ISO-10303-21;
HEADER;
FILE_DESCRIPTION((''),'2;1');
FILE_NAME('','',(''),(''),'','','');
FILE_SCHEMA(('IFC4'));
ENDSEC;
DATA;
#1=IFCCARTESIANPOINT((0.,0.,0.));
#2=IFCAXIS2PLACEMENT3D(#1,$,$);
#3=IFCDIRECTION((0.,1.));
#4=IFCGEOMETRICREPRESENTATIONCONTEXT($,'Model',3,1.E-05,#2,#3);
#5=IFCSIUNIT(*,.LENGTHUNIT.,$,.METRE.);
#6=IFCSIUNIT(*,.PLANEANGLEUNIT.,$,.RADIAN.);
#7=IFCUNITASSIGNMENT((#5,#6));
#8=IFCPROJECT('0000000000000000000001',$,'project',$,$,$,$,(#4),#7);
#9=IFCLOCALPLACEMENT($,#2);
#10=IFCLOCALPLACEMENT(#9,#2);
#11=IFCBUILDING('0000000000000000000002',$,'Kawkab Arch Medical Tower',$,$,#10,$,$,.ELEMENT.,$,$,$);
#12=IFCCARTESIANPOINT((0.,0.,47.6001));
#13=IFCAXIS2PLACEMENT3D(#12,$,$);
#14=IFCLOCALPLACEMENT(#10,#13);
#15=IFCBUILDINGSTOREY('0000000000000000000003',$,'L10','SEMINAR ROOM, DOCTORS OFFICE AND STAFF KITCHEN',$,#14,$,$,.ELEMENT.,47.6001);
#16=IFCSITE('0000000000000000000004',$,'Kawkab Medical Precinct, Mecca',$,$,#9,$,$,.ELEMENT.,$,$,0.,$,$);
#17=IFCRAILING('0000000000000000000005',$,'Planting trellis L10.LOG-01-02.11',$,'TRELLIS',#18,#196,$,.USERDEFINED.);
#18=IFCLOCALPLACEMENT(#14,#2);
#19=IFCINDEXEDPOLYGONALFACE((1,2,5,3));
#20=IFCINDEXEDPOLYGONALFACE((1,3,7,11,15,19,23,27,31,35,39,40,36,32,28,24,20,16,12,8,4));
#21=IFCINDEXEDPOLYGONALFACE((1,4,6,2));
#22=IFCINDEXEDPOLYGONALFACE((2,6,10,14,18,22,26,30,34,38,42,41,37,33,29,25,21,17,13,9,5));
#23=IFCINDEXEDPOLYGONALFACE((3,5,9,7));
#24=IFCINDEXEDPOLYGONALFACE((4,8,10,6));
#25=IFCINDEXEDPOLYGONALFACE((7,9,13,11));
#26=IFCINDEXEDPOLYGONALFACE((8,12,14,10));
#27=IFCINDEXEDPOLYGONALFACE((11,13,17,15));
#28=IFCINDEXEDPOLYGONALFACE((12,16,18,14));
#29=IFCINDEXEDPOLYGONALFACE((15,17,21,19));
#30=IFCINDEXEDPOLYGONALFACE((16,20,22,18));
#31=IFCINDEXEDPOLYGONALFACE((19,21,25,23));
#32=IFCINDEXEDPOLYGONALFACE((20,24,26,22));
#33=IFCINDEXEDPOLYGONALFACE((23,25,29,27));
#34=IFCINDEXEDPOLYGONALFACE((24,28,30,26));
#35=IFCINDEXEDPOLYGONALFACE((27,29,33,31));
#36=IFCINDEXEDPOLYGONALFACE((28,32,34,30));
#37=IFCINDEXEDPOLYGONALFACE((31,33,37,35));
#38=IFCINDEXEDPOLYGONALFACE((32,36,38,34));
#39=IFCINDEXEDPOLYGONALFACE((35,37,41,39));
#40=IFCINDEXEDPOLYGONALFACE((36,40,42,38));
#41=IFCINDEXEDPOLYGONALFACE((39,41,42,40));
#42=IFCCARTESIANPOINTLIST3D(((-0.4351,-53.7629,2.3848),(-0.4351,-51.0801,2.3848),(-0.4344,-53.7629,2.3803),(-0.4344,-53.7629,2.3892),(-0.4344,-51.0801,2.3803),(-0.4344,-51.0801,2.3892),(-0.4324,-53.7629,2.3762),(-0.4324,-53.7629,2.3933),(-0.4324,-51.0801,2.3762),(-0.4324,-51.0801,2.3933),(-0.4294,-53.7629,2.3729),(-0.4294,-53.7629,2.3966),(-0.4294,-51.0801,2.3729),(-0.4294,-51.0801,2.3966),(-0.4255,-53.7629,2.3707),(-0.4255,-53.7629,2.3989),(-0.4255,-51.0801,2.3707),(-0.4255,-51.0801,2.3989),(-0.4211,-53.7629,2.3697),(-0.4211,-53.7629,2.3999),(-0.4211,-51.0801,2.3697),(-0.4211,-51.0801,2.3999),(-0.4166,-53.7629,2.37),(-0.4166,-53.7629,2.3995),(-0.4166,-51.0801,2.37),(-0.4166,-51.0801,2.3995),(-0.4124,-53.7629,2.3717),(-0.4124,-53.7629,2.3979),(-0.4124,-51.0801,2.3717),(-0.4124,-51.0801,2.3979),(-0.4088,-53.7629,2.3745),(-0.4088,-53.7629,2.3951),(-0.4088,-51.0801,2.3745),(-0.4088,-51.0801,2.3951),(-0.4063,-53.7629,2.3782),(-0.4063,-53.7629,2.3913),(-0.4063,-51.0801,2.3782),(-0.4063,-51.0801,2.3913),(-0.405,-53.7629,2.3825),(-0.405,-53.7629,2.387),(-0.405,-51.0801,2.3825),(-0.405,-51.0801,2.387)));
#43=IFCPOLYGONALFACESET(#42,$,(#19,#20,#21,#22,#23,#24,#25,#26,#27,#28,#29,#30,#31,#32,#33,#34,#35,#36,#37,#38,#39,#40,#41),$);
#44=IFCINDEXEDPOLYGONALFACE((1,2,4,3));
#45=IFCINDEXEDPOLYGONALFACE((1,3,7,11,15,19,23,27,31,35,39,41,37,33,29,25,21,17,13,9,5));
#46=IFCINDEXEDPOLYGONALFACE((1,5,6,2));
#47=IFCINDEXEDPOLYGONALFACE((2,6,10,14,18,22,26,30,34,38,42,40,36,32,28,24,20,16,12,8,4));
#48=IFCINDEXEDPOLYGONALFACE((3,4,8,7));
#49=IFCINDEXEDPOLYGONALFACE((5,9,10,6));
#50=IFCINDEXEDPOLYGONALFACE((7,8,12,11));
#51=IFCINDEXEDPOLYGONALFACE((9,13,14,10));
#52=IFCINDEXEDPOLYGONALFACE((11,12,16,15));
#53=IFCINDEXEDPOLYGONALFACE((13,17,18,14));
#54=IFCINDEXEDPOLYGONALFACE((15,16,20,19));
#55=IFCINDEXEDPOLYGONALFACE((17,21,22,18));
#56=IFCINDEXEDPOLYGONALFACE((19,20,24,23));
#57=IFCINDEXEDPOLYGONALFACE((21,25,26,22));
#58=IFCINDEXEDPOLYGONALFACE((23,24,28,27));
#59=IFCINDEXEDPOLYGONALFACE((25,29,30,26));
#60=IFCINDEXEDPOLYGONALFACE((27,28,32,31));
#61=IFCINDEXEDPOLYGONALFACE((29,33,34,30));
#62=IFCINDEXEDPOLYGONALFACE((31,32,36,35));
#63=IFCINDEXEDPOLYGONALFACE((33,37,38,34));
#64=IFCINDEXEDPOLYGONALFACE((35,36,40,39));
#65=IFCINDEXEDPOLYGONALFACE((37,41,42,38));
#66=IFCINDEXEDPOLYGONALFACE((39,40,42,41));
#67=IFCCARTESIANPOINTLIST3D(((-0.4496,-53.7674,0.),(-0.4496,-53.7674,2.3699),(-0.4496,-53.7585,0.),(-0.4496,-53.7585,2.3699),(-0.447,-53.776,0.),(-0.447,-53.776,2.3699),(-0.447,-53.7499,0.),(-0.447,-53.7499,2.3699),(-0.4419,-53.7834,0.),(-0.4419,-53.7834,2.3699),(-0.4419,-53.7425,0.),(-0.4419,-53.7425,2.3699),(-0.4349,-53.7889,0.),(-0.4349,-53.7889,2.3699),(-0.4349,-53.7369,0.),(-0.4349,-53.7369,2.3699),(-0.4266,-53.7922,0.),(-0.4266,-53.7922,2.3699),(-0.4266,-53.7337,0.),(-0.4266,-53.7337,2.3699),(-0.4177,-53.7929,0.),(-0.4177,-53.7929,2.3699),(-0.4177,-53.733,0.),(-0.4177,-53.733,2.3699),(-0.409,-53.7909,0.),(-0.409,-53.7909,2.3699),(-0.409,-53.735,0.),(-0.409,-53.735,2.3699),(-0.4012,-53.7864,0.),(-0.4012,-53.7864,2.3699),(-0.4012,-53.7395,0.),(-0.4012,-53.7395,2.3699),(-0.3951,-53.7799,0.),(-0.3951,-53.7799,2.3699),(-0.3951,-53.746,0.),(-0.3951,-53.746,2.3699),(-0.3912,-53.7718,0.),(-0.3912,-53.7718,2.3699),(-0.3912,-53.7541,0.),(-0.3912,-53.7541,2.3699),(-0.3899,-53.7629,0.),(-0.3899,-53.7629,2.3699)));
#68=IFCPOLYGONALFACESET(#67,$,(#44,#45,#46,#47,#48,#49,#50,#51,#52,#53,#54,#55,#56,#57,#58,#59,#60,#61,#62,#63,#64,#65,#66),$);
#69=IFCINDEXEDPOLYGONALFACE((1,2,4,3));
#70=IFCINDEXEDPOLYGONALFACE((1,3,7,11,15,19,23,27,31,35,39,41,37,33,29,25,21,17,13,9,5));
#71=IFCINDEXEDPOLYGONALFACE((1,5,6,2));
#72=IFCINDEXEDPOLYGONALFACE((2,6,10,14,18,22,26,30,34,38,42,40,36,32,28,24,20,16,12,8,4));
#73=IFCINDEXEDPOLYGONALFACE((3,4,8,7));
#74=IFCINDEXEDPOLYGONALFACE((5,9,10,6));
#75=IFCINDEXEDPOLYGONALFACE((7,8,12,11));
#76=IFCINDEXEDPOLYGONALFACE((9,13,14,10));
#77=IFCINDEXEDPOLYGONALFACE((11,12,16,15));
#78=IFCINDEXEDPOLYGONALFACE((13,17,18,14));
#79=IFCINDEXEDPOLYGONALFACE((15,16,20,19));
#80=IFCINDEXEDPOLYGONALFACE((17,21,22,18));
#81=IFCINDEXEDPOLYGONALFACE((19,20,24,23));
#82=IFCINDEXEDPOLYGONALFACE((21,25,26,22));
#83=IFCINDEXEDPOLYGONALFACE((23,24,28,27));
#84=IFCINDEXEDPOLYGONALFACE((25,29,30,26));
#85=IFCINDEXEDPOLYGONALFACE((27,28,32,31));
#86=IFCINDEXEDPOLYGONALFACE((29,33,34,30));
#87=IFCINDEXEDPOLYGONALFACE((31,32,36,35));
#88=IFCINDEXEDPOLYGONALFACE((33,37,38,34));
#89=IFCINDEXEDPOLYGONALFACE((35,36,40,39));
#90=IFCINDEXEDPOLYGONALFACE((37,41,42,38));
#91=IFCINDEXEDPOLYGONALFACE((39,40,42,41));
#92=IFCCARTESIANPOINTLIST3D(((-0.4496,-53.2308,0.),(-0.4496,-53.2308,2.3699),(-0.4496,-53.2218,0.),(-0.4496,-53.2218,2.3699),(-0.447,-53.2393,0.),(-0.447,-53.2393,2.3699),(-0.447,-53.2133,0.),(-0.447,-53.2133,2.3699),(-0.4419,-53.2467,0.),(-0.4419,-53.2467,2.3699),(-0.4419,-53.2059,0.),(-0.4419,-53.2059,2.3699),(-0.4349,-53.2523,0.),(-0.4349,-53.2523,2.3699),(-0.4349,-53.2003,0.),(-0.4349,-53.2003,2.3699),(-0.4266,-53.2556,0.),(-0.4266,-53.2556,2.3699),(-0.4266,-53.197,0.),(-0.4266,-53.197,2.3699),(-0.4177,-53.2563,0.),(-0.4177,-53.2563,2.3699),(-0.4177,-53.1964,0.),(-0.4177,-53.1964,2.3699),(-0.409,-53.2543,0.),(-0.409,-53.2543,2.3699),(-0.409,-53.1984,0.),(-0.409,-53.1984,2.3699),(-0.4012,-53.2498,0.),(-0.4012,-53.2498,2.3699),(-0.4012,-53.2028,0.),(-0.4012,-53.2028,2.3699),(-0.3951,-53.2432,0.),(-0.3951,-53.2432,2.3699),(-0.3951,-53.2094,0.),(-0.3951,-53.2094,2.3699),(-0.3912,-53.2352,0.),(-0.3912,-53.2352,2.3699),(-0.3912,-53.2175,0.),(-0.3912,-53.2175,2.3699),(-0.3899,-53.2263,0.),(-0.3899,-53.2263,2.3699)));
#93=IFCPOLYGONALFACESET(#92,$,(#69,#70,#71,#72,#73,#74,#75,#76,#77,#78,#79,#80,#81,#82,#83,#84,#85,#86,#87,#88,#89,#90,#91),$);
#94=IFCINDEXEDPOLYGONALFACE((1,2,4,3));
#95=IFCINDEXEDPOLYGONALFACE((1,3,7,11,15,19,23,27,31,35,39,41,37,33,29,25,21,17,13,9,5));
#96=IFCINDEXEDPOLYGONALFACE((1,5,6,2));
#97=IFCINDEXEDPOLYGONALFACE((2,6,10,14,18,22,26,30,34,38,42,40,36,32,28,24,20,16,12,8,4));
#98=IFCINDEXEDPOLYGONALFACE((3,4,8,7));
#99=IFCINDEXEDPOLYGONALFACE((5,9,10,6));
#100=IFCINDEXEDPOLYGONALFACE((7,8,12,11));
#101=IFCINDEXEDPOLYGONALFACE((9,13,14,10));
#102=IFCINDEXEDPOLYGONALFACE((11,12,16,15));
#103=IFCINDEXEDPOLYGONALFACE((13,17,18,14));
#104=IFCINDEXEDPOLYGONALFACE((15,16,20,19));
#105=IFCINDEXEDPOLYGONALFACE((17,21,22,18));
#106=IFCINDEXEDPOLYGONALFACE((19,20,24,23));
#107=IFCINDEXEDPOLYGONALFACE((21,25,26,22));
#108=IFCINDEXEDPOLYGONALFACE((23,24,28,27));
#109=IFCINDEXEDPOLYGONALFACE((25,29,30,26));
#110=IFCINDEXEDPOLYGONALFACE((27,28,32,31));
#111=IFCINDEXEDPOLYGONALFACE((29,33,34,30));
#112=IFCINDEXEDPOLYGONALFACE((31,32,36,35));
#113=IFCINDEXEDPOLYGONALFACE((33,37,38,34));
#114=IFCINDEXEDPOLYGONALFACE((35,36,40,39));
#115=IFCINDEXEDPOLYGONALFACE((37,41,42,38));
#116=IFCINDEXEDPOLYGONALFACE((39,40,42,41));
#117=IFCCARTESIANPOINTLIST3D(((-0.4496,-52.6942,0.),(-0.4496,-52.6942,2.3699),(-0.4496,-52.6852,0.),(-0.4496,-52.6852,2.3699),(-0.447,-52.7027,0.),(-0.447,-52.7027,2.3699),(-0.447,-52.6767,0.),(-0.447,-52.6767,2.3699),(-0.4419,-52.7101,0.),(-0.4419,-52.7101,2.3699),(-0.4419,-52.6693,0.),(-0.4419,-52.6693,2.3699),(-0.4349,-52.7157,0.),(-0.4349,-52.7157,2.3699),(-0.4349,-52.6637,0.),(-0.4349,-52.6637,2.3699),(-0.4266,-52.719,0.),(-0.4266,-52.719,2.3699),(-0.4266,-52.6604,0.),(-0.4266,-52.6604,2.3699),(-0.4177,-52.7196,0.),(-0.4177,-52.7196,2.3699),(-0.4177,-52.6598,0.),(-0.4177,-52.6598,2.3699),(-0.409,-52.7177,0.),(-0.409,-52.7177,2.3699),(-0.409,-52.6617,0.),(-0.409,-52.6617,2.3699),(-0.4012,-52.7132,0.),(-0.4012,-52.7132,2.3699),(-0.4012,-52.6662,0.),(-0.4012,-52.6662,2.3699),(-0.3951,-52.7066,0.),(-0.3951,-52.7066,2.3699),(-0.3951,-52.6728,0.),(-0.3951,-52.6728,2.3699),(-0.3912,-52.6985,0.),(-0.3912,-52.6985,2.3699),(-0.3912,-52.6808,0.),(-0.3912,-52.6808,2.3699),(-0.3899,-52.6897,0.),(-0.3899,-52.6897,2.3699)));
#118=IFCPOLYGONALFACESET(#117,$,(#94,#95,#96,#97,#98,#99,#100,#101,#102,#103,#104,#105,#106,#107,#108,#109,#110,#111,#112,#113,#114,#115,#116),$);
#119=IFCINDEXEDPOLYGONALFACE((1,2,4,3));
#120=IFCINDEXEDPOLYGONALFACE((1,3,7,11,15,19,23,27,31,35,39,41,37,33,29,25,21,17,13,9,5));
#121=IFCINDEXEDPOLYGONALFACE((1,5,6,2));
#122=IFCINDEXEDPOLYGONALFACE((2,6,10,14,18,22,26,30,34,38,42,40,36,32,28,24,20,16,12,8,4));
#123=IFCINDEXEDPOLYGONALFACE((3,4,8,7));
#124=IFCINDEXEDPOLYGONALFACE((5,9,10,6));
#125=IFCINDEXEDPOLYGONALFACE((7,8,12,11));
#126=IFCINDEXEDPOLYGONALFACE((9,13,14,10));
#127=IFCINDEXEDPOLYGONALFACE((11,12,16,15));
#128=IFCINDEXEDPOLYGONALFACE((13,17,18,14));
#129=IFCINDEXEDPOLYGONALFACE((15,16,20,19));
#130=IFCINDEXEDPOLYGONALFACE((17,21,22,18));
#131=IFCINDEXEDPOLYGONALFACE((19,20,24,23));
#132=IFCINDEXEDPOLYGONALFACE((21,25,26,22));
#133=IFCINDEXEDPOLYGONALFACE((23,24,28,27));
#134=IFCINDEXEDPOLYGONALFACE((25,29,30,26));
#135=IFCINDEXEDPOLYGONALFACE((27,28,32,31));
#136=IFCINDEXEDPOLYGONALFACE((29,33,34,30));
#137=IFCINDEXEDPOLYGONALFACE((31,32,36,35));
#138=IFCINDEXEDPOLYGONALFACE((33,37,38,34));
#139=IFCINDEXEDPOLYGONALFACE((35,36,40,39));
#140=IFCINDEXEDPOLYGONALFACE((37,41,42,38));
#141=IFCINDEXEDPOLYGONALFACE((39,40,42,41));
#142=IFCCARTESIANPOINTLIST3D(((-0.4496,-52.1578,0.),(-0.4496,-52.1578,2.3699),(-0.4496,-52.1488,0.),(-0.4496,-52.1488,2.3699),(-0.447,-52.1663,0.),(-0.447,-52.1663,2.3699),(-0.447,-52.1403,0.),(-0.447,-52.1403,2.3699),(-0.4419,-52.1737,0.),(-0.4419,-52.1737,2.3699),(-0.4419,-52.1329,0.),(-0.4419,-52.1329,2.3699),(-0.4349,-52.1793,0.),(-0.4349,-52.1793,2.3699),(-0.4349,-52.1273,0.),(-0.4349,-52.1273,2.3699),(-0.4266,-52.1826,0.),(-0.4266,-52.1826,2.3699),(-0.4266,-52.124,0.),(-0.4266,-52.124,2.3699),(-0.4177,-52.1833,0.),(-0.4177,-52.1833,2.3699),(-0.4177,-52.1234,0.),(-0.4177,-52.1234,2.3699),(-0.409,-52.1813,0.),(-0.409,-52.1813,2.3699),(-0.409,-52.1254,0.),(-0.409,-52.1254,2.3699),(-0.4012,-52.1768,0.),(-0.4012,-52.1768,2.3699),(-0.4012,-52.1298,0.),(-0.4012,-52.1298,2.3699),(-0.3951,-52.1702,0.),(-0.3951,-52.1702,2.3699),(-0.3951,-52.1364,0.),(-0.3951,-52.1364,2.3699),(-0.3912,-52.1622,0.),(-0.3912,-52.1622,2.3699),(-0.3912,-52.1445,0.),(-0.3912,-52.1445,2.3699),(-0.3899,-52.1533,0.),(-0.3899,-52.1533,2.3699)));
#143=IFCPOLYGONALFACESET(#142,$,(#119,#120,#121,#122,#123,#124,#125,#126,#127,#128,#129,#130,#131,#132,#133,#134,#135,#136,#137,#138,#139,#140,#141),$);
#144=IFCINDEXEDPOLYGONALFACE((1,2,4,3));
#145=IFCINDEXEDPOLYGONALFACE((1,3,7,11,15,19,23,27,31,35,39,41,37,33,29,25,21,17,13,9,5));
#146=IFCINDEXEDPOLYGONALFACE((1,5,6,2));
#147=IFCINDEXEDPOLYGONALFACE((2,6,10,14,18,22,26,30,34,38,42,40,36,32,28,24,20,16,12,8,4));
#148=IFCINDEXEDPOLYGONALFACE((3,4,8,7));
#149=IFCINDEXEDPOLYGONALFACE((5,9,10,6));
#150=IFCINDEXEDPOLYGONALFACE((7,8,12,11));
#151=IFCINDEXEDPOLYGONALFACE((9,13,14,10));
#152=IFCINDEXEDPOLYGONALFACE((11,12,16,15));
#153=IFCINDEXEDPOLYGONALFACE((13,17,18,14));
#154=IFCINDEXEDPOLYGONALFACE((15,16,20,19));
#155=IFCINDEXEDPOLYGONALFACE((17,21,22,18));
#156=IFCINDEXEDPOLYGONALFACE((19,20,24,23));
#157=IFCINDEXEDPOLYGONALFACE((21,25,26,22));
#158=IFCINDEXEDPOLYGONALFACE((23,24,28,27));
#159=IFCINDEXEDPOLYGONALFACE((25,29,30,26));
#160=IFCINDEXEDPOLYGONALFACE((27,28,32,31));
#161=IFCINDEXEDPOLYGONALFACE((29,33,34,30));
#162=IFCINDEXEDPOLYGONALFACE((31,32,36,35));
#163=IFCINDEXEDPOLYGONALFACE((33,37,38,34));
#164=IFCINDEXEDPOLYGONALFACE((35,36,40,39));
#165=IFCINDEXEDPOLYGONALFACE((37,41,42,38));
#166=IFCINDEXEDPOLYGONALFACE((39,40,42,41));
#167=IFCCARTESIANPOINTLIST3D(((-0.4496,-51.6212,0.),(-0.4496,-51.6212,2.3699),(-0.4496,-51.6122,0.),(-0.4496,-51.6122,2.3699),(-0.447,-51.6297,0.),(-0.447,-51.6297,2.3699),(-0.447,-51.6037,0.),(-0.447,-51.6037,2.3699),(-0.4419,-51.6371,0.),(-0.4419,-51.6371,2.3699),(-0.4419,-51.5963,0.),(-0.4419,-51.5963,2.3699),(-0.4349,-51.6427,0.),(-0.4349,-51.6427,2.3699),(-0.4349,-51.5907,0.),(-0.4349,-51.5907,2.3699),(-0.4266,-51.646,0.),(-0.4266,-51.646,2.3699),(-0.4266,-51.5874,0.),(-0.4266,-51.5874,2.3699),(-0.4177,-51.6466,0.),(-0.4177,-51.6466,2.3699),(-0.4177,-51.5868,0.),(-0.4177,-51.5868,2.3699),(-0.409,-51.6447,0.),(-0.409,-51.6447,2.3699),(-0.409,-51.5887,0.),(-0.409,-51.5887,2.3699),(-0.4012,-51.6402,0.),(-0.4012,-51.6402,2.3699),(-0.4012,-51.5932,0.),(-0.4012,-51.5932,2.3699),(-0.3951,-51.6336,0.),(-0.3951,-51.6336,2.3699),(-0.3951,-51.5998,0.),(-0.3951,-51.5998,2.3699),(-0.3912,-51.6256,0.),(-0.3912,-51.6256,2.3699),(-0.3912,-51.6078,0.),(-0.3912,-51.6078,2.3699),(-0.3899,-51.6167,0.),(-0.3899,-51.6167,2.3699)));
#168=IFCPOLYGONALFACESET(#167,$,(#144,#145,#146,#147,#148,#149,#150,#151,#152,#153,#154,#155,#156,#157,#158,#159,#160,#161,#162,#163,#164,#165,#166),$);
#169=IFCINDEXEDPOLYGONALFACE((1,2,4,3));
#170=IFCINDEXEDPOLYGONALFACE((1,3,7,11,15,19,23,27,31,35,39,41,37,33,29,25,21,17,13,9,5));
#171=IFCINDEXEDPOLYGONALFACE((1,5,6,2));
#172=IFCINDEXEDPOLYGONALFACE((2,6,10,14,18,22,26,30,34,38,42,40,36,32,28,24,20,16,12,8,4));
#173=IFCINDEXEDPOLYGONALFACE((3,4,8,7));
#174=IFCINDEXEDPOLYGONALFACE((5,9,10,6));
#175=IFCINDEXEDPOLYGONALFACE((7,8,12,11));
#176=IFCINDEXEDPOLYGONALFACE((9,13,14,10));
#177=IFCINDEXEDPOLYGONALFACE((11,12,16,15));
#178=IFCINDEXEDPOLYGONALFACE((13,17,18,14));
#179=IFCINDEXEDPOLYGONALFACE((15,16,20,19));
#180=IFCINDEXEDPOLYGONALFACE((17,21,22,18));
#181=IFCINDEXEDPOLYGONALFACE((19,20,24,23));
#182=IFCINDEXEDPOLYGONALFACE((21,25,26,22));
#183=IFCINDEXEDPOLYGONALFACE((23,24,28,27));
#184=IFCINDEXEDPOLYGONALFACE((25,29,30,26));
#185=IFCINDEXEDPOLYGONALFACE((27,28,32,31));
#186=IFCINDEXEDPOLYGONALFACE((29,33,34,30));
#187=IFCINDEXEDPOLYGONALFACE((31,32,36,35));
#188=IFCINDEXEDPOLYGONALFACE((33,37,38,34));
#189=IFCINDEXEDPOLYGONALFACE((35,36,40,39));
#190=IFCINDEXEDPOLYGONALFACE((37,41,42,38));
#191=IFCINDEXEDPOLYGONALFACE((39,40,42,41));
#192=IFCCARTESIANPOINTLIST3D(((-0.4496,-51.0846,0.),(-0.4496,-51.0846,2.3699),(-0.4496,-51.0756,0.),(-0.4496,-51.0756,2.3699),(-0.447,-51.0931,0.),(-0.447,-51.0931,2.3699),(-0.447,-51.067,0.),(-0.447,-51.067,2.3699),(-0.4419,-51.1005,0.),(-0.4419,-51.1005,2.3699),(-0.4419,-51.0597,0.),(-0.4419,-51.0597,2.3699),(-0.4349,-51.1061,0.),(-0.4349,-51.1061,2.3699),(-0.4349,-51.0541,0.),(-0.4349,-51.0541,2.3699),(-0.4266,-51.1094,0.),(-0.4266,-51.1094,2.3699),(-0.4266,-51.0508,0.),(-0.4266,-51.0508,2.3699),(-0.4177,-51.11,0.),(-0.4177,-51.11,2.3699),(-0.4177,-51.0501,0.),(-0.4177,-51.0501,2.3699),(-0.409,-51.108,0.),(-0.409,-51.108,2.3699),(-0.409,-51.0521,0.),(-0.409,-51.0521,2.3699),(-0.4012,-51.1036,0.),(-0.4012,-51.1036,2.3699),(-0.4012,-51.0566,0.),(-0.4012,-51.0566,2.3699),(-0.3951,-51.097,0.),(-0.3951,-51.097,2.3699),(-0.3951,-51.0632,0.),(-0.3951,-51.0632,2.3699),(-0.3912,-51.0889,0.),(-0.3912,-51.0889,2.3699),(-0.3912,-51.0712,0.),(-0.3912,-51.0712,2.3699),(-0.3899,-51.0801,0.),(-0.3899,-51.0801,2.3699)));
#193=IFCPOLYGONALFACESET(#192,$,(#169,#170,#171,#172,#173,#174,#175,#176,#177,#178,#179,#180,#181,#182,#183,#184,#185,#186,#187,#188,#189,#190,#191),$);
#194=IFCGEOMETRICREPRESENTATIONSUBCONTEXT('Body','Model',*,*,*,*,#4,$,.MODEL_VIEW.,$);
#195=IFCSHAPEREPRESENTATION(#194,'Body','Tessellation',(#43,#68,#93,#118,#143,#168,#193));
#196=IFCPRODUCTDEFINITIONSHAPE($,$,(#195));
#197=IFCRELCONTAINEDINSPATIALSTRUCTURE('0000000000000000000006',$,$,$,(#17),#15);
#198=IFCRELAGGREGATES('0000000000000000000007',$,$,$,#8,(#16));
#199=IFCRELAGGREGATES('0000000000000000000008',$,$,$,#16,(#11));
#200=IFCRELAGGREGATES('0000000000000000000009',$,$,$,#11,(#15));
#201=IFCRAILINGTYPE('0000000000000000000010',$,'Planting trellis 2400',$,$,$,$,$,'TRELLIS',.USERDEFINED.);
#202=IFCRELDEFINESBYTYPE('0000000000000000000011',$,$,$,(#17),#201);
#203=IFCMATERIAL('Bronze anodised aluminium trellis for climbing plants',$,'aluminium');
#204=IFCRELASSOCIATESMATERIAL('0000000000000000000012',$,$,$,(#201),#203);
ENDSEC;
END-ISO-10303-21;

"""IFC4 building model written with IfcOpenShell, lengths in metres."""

from ifc_helpers import new_model, si_unit, direction, frame, origin, origin_2d, place, context, subcontext, project, spatial, circle, extrude, material, type_object, element, save


model = new_model("IFC4")

# Units and contexts
model_context = context("Model", 3, precision=1e-05, world=origin(), true_north=direction((0.0, 1.0)))
body_context = subcontext(model_context, "Body", "Model", "MODEL_VIEW")
ifc_project = project(units=[si_unit("LENGTHUNIT", "METRE"), si_unit("PLANEANGLEUNIT", "RADIAN")], contexts=[model_context])

# Site, building, storey
site_placement = place(None, origin())
site = spatial("IfcSite", under=ifc_project, at=site_placement, Name="Kawkab Medical Precinct, Mecca", CompositionType="ELEMENT", RefElevation=0.0)
building_placement = place(site_placement, origin())
building = spatial("IfcBuilding", under=site, at=building_placement, Name="Kawkab Arch Medical Tower", CompositionType="ELEMENT")
storey_placement = place(building_placement, frame((0.0, 0.0, 47.6001)))
storey = spatial("IfcBuildingStorey", under=building, at=storey_placement, Name="L10", Description="SEMINAR ROOM, DOCTORS OFFICE AND STAFF KITCHEN", CompositionType="ELEMENT", Elevation=47.6001)

# Railing
ifc_material_1 = material(Name="Bronze anodised aluminium trellis for climbing plants", Category="aluminium")
railing_type = type_object("IfcRailingType", Name="Planting trellis 2400", ElementType="TRELLIS", PredefinedType="USERDEFINED", material=ifc_material_1)
railing_1_placement = place(storey_placement, frame((-0.4199, -53.7629, 0.0)))
element("IfcRailing", 1, at=railing_1_placement, inside=storey, type_object=railing_type, Name="Planting trellis L10.LOG-01-02.11", ObjectType="TRELLIS", PredefinedType="USERDEFINED", context=body_context, shape_type="SweptSolid", body=[
    extrude(circle(Radius=0.0151, at=origin_2d()), frame((0.0, 0.0, 2.3848), z_axis=(0.0, 1.0, 0.0), x_axis=(-1.0, 0.0, 0.0)), (0.0, 0.0, 1.0), 2.6829),
    extrude(circle(Radius=0.03, at=origin_2d()), origin(), (0.0, 0.0, 1.0), 2.3699),
    extrude(circle(Radius=0.03, at=origin_2d()), frame((0.0, 0.5366, 0.0)), (0.0, 0.0, 1.0), 2.3699),
    extrude(circle(Radius=0.03, at=origin_2d()), frame((0.0, 1.0732, 0.0)), (0.0, 0.0, 1.0), 2.3699),
    extrude(circle(Radius=0.03, at=origin_2d()), frame((0.0, 1.6096, 0.0)), (0.0, 0.0, 1.0), 2.3699),
    extrude(circle(Radius=0.03, at=origin_2d()), frame((0.0, 2.1462, 0.0)), (0.0, 0.0, 1.0), 2.3699),
    extrude(circle(Radius=0.03, at=origin_2d()), frame((0.0, 2.6829, 0.0)), (0.0, 0.0, 1.0), 2.3699),
])

save(model, "model.ifc")
